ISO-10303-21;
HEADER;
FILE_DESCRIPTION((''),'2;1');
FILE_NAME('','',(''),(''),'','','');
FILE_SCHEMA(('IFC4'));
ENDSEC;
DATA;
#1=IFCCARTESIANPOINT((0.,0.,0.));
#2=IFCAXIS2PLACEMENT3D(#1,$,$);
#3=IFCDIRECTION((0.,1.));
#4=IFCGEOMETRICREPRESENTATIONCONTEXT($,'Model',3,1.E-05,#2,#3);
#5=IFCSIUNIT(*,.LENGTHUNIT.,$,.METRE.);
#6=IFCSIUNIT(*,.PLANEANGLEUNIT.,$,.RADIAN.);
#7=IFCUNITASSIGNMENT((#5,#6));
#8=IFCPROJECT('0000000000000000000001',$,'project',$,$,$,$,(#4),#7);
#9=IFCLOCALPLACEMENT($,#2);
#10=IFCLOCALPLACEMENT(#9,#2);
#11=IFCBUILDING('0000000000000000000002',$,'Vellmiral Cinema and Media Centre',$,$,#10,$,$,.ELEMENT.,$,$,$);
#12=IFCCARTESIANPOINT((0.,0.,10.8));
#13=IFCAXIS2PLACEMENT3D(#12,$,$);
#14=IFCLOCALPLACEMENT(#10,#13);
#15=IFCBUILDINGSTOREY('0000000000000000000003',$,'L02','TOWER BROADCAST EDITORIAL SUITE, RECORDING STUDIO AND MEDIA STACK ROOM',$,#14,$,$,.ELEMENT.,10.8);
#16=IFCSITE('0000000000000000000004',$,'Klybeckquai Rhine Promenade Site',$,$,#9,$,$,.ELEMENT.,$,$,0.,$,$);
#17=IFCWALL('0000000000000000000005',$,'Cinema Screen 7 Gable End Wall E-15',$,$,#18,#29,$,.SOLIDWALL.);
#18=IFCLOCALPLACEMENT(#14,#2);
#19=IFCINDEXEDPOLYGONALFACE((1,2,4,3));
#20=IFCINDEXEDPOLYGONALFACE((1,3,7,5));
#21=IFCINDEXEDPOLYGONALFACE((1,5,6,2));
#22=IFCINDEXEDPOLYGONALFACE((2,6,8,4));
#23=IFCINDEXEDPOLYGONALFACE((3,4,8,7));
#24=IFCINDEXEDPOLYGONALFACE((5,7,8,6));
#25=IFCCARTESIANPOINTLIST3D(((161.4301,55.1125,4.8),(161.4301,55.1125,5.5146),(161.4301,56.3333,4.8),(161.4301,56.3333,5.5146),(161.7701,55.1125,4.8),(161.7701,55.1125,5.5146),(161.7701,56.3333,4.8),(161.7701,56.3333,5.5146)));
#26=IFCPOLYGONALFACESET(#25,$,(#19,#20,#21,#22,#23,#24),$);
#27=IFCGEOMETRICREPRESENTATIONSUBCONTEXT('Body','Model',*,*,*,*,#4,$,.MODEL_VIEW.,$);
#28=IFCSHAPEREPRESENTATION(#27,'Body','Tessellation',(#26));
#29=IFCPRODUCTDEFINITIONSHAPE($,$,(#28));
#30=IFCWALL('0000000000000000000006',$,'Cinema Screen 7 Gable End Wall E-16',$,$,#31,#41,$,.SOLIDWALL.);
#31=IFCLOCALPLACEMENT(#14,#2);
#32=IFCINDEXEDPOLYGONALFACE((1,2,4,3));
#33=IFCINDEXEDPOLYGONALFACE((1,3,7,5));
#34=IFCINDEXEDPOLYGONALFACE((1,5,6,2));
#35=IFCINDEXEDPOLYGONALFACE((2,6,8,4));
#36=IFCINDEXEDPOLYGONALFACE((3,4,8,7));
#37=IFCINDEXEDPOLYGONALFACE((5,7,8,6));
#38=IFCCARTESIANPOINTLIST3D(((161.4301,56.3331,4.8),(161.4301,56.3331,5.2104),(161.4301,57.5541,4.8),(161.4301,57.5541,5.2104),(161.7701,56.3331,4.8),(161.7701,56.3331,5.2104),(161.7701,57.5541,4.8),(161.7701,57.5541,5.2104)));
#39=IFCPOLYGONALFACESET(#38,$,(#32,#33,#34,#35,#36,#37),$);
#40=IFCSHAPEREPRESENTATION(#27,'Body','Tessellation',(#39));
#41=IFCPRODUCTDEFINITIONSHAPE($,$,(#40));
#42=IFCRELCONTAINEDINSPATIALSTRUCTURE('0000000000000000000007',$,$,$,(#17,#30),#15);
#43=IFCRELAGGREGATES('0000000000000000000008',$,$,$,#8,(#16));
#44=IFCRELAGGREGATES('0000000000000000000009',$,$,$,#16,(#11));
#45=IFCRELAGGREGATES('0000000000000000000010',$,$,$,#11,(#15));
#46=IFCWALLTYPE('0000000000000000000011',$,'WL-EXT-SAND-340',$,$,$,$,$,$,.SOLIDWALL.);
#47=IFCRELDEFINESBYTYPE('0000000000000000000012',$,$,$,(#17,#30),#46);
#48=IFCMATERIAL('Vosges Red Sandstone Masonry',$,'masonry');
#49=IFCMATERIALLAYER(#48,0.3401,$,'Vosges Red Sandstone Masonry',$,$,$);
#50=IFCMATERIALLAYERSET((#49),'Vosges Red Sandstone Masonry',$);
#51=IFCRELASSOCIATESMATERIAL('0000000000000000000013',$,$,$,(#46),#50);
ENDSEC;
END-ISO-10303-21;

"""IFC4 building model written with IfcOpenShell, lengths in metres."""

from ifc_helpers import new_model, si_unit, direction, frame, frame_2d, origin, place, context, subcontext, project, spatial, rectangle, extrude, material, layer, layer_set, type_object, element, save


model = new_model("IFC4")

# Units and contexts
model_context = context("Model", 3, precision=1e-05, world=origin(), true_north=direction((0.0, 1.0)))
body_context = subcontext(model_context, "Body", "Model", "MODEL_VIEW")
ifc_project = project(units=[si_unit("LENGTHUNIT", "METRE"), si_unit("PLANEANGLEUNIT", "RADIAN")], contexts=[model_context])

# Site, building, storey
site_placement = place(None, origin())
site = spatial("IfcSite", under=ifc_project, at=site_placement, Name="Klybeckquai Rhine Promenade Site", CompositionType="ELEMENT", RefElevation=0.0)
building_placement = place(site_placement, origin())
building = spatial("IfcBuilding", under=site, at=building_placement, Name="Vellmiral Cinema and Media Centre", CompositionType="ELEMENT")
storey_placement = place(building_placement, frame((0.0, 0.0, 10.8)))
storey = spatial("IfcBuildingStorey", under=building, at=storey_placement, Name="L02", Description="TOWER BROADCAST EDITORIAL SUITE, RECORDING STUDIO AND MEDIA STACK ROOM", CompositionType="ELEMENT", Elevation=10.8)

# Walls
ifc_material_1 = material(Name="Vosges Red Sandstone Masonry", Category="masonry")
ifc_layer_1 = layer(ifc_material_1, 0.3401, Name="Vosges Red Sandstone Masonry")
ifc_layer_set_1 = layer_set([ifc_layer_1], Name="Vosges Red Sandstone Masonry")
wall_type_1 = type_object("IfcWallType", Name="WL-EXT-SAND-340", PredefinedType="SOLIDWALL", material=ifc_layer_set_1)
wall_1_placement = place(storey_placement, frame((161.6001, 55.1125, 4.8), z_axis=(0.0, 0.0, 1.0), x_axis=(0.0, 1.0, 0.0)))
element("IfcWall", 1, at=wall_1_placement, inside=storey, type_object=wall_type_1, Name="Cinema Screen 7 Gable End Wall E-15", PredefinedType="SOLIDWALL", context=body_context, shape_type="SweptSolid", body=[
    extrude(rectangle(XDim=1.2207, YDim=0.3401, at=frame_2d((0.6104, 0.0))), origin(), (0.0, 0.0, 1.0), 0.7146),
])
wall_2_placement = place(storey_placement, frame((161.6001, 56.3333, 4.8), z_axis=(0.0, 0.0, 1.0), x_axis=(0.0, 1.0, 0.0)))
element("IfcWall", 2, at=wall_2_placement, inside=storey, type_object=wall_type_1, Name="Cinema Screen 7 Gable End Wall E-16", PredefinedType="SOLIDWALL", context=body_context, shape_type="SweptSolid", body=[
    extrude(rectangle(XDim=1.2209, YDim=0.3401, at=frame_2d((0.6104, 0.0))), origin(), (0.0, 0.0, 1.0), 0.4104),
])

save(model, "model.ifc")
